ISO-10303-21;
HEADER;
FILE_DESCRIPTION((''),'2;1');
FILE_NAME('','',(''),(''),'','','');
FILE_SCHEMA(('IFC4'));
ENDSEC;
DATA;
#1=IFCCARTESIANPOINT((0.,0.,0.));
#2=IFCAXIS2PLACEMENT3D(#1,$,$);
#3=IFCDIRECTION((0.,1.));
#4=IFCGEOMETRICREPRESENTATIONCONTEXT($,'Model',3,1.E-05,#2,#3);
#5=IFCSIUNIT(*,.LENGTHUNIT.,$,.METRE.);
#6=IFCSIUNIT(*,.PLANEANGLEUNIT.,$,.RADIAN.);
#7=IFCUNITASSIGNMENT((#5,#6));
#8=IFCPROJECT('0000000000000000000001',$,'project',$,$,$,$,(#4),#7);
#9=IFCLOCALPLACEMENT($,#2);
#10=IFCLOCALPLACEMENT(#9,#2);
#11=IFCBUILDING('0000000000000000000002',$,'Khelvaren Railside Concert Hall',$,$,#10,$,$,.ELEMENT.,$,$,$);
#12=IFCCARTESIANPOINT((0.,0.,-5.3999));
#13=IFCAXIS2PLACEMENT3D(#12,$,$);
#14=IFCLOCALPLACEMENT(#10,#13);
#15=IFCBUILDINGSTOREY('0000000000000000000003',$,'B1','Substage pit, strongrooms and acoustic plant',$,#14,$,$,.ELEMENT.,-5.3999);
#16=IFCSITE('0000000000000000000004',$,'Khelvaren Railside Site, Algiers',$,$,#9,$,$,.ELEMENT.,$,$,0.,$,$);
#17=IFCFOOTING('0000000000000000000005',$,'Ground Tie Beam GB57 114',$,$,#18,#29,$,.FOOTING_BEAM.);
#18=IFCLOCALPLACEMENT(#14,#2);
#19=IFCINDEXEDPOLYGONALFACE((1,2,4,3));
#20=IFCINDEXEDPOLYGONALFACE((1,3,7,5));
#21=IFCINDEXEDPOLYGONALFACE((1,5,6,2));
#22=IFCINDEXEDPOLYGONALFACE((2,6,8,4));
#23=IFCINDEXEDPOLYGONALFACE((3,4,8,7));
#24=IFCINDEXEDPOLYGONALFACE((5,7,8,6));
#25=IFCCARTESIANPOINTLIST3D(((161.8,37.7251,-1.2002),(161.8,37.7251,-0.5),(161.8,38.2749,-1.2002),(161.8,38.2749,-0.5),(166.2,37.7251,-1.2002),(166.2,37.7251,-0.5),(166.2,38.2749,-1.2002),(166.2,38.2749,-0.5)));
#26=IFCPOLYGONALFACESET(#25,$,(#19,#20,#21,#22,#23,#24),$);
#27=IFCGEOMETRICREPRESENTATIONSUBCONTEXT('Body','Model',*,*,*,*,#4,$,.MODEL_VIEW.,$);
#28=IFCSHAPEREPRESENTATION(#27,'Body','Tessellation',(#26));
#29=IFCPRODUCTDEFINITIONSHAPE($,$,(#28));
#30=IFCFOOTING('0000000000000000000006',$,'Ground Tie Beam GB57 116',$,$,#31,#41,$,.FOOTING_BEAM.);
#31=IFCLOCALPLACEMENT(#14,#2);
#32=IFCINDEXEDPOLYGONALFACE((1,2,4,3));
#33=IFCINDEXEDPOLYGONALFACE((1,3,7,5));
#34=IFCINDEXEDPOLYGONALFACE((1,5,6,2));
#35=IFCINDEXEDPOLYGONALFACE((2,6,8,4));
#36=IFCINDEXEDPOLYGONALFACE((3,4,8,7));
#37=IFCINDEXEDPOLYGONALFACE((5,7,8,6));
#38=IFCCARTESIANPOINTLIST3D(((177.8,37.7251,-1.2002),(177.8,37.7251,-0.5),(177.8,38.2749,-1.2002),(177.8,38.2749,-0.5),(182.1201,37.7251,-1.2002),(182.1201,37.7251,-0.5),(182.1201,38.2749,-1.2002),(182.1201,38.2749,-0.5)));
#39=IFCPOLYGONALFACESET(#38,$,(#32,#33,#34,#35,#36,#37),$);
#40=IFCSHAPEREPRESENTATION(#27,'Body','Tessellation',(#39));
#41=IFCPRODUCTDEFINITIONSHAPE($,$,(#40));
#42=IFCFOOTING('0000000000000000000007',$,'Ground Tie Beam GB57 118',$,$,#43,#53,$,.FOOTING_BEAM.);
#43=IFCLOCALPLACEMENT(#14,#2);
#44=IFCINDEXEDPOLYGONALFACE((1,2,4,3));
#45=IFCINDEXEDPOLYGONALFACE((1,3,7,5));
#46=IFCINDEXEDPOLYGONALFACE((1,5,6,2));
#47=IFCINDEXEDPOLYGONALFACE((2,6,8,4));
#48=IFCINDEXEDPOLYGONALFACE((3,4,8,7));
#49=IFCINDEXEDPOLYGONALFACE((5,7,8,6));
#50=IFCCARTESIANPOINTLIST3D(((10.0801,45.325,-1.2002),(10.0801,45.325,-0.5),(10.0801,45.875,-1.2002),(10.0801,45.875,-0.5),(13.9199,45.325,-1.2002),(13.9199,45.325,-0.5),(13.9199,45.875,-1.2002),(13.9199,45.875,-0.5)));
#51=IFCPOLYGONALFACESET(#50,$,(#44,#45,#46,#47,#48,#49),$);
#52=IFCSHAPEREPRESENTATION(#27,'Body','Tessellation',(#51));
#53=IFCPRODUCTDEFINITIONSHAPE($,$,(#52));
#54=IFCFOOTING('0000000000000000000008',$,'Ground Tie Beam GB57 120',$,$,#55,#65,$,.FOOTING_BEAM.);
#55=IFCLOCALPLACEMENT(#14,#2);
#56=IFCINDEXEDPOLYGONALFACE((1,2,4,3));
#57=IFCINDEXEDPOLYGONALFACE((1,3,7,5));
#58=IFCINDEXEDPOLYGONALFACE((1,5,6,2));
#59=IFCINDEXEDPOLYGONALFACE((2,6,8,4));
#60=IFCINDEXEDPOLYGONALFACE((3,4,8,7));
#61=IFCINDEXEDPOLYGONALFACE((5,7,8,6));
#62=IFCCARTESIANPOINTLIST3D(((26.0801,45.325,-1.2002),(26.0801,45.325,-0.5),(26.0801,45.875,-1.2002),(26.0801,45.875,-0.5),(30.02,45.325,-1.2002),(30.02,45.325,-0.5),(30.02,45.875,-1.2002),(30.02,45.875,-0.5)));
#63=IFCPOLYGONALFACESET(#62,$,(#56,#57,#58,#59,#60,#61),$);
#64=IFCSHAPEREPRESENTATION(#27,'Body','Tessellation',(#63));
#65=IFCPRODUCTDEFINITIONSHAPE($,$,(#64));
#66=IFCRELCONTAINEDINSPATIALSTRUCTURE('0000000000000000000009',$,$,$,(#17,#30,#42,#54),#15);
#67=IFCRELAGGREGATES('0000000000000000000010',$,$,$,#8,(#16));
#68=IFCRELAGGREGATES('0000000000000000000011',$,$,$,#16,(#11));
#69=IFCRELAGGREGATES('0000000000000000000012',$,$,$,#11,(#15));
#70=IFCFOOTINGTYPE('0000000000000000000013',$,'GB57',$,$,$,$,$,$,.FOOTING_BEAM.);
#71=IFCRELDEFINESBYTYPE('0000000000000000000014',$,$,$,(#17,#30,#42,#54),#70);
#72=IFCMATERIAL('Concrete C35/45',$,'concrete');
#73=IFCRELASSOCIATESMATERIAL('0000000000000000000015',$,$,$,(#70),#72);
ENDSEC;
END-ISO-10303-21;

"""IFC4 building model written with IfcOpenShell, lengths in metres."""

from ifc_helpers import new_model, si_unit, direction, frame, origin, place, context, subcontext, project, spatial, polyline, outline, extrude, material, type_object, element, save


model = new_model("IFC4")

# Units and contexts
model_context = context("Model", 3, precision=1e-05, world=origin(), true_north=direction((0.0, 1.0)))
body_context = subcontext(model_context, "Body", "Model", "MODEL_VIEW")
ifc_project = project(units=[si_unit("LENGTHUNIT", "METRE"), si_unit("PLANEANGLEUNIT", "RADIAN")], contexts=[model_context])

# Site, building, storey
site_placement = place(None, origin())
site = spatial("IfcSite", under=ifc_project, at=site_placement, Name="Khelvaren Railside Site, Algiers", CompositionType="ELEMENT", RefElevation=0.0)
building_placement = place(site_placement, origin())
building = spatial("IfcBuilding", under=site, at=building_placement, Name="Khelvaren Railside Concert Hall", CompositionType="ELEMENT")
storey_placement = place(building_placement, frame((0.0, 0.0, -5.3999)))
storey = spatial("IfcBuildingStorey", under=building, at=storey_placement, Name="B1", Description="Substage pit, strongrooms and acoustic plant", CompositionType="ELEMENT", Elevation=-5.3999)

# Footings
ifc_material = material(Name="Concrete C35/45", Category="concrete")
footing_type = type_object("IfcFootingType", Name="GB57", PredefinedType="FOOTING_BEAM", material=ifc_material)
footing_1_placement = place(storey_placement, frame((0.0, 0.0, -1.2002)))
element("IfcFooting", 1, at=footing_1_placement, inside=storey, type_object=footing_type, Name="Ground Tie Beam GB57 114", PredefinedType="FOOTING_BEAM", context=body_context, shape_type="SweptSolid", body=[
    extrude(outline(polyline([(161.8, 37.7251), (166.2, 37.7251), (166.2, 38.2749), (161.8, 38.2749), (161.8, 37.7251)])), origin(), (0.0, 0.0, 1.0), 0.7002),
])
footing_2_placement = place(storey_placement, frame((0.0, 0.0, -1.2002)))
element("IfcFooting", 2, at=footing_2_placement, inside=storey, type_object=footing_type, Name="Ground Tie Beam GB57 116", PredefinedType="FOOTING_BEAM", context=body_context, shape_type="SweptSolid", body=[
    extrude(outline(polyline([(177.8, 37.7251), (182.1201, 37.7251), (182.1201, 38.2749), (177.8, 38.2749), (177.8, 37.7251)])), origin(), (0.0, 0.0, 1.0), 0.7002),
])
footing_3_placement = place(storey_placement, frame((0.0, 0.0, -1.2002)))
element("IfcFooting", 3, at=footing_3_placement, inside=storey, type_object=footing_type, Name="Ground Tie Beam GB57 118", PredefinedType="FOOTING_BEAM", context=body_context, shape_type="SweptSolid", body=[
    extrude(outline(polyline([(10.0801, 45.325), (13.9199, 45.325), (13.9199, 45.875), (10.0801, 45.875), (10.0801, 45.325)])), origin(), (0.0, 0.0, 1.0), 0.7002),
])
footing_4_placement = place(storey_placement, frame((0.0, 0.0, -1.2002)))
element("IfcFooting", 4, at=footing_4_placement, inside=storey, type_object=footing_type, Name="Ground Tie Beam GB57 120", PredefinedType="FOOTING_BEAM", context=body_context, shape_type="SweptSolid", body=[
    extrude(outline(polyline([(26.0801, 45.325), (30.02, 45.325), (30.02, 45.875), (26.0801, 45.875), (26.0801, 45.325)])), origin(), (0.0, 0.0, 1.0), 0.7002),
])

save(model, "model.ifc")
